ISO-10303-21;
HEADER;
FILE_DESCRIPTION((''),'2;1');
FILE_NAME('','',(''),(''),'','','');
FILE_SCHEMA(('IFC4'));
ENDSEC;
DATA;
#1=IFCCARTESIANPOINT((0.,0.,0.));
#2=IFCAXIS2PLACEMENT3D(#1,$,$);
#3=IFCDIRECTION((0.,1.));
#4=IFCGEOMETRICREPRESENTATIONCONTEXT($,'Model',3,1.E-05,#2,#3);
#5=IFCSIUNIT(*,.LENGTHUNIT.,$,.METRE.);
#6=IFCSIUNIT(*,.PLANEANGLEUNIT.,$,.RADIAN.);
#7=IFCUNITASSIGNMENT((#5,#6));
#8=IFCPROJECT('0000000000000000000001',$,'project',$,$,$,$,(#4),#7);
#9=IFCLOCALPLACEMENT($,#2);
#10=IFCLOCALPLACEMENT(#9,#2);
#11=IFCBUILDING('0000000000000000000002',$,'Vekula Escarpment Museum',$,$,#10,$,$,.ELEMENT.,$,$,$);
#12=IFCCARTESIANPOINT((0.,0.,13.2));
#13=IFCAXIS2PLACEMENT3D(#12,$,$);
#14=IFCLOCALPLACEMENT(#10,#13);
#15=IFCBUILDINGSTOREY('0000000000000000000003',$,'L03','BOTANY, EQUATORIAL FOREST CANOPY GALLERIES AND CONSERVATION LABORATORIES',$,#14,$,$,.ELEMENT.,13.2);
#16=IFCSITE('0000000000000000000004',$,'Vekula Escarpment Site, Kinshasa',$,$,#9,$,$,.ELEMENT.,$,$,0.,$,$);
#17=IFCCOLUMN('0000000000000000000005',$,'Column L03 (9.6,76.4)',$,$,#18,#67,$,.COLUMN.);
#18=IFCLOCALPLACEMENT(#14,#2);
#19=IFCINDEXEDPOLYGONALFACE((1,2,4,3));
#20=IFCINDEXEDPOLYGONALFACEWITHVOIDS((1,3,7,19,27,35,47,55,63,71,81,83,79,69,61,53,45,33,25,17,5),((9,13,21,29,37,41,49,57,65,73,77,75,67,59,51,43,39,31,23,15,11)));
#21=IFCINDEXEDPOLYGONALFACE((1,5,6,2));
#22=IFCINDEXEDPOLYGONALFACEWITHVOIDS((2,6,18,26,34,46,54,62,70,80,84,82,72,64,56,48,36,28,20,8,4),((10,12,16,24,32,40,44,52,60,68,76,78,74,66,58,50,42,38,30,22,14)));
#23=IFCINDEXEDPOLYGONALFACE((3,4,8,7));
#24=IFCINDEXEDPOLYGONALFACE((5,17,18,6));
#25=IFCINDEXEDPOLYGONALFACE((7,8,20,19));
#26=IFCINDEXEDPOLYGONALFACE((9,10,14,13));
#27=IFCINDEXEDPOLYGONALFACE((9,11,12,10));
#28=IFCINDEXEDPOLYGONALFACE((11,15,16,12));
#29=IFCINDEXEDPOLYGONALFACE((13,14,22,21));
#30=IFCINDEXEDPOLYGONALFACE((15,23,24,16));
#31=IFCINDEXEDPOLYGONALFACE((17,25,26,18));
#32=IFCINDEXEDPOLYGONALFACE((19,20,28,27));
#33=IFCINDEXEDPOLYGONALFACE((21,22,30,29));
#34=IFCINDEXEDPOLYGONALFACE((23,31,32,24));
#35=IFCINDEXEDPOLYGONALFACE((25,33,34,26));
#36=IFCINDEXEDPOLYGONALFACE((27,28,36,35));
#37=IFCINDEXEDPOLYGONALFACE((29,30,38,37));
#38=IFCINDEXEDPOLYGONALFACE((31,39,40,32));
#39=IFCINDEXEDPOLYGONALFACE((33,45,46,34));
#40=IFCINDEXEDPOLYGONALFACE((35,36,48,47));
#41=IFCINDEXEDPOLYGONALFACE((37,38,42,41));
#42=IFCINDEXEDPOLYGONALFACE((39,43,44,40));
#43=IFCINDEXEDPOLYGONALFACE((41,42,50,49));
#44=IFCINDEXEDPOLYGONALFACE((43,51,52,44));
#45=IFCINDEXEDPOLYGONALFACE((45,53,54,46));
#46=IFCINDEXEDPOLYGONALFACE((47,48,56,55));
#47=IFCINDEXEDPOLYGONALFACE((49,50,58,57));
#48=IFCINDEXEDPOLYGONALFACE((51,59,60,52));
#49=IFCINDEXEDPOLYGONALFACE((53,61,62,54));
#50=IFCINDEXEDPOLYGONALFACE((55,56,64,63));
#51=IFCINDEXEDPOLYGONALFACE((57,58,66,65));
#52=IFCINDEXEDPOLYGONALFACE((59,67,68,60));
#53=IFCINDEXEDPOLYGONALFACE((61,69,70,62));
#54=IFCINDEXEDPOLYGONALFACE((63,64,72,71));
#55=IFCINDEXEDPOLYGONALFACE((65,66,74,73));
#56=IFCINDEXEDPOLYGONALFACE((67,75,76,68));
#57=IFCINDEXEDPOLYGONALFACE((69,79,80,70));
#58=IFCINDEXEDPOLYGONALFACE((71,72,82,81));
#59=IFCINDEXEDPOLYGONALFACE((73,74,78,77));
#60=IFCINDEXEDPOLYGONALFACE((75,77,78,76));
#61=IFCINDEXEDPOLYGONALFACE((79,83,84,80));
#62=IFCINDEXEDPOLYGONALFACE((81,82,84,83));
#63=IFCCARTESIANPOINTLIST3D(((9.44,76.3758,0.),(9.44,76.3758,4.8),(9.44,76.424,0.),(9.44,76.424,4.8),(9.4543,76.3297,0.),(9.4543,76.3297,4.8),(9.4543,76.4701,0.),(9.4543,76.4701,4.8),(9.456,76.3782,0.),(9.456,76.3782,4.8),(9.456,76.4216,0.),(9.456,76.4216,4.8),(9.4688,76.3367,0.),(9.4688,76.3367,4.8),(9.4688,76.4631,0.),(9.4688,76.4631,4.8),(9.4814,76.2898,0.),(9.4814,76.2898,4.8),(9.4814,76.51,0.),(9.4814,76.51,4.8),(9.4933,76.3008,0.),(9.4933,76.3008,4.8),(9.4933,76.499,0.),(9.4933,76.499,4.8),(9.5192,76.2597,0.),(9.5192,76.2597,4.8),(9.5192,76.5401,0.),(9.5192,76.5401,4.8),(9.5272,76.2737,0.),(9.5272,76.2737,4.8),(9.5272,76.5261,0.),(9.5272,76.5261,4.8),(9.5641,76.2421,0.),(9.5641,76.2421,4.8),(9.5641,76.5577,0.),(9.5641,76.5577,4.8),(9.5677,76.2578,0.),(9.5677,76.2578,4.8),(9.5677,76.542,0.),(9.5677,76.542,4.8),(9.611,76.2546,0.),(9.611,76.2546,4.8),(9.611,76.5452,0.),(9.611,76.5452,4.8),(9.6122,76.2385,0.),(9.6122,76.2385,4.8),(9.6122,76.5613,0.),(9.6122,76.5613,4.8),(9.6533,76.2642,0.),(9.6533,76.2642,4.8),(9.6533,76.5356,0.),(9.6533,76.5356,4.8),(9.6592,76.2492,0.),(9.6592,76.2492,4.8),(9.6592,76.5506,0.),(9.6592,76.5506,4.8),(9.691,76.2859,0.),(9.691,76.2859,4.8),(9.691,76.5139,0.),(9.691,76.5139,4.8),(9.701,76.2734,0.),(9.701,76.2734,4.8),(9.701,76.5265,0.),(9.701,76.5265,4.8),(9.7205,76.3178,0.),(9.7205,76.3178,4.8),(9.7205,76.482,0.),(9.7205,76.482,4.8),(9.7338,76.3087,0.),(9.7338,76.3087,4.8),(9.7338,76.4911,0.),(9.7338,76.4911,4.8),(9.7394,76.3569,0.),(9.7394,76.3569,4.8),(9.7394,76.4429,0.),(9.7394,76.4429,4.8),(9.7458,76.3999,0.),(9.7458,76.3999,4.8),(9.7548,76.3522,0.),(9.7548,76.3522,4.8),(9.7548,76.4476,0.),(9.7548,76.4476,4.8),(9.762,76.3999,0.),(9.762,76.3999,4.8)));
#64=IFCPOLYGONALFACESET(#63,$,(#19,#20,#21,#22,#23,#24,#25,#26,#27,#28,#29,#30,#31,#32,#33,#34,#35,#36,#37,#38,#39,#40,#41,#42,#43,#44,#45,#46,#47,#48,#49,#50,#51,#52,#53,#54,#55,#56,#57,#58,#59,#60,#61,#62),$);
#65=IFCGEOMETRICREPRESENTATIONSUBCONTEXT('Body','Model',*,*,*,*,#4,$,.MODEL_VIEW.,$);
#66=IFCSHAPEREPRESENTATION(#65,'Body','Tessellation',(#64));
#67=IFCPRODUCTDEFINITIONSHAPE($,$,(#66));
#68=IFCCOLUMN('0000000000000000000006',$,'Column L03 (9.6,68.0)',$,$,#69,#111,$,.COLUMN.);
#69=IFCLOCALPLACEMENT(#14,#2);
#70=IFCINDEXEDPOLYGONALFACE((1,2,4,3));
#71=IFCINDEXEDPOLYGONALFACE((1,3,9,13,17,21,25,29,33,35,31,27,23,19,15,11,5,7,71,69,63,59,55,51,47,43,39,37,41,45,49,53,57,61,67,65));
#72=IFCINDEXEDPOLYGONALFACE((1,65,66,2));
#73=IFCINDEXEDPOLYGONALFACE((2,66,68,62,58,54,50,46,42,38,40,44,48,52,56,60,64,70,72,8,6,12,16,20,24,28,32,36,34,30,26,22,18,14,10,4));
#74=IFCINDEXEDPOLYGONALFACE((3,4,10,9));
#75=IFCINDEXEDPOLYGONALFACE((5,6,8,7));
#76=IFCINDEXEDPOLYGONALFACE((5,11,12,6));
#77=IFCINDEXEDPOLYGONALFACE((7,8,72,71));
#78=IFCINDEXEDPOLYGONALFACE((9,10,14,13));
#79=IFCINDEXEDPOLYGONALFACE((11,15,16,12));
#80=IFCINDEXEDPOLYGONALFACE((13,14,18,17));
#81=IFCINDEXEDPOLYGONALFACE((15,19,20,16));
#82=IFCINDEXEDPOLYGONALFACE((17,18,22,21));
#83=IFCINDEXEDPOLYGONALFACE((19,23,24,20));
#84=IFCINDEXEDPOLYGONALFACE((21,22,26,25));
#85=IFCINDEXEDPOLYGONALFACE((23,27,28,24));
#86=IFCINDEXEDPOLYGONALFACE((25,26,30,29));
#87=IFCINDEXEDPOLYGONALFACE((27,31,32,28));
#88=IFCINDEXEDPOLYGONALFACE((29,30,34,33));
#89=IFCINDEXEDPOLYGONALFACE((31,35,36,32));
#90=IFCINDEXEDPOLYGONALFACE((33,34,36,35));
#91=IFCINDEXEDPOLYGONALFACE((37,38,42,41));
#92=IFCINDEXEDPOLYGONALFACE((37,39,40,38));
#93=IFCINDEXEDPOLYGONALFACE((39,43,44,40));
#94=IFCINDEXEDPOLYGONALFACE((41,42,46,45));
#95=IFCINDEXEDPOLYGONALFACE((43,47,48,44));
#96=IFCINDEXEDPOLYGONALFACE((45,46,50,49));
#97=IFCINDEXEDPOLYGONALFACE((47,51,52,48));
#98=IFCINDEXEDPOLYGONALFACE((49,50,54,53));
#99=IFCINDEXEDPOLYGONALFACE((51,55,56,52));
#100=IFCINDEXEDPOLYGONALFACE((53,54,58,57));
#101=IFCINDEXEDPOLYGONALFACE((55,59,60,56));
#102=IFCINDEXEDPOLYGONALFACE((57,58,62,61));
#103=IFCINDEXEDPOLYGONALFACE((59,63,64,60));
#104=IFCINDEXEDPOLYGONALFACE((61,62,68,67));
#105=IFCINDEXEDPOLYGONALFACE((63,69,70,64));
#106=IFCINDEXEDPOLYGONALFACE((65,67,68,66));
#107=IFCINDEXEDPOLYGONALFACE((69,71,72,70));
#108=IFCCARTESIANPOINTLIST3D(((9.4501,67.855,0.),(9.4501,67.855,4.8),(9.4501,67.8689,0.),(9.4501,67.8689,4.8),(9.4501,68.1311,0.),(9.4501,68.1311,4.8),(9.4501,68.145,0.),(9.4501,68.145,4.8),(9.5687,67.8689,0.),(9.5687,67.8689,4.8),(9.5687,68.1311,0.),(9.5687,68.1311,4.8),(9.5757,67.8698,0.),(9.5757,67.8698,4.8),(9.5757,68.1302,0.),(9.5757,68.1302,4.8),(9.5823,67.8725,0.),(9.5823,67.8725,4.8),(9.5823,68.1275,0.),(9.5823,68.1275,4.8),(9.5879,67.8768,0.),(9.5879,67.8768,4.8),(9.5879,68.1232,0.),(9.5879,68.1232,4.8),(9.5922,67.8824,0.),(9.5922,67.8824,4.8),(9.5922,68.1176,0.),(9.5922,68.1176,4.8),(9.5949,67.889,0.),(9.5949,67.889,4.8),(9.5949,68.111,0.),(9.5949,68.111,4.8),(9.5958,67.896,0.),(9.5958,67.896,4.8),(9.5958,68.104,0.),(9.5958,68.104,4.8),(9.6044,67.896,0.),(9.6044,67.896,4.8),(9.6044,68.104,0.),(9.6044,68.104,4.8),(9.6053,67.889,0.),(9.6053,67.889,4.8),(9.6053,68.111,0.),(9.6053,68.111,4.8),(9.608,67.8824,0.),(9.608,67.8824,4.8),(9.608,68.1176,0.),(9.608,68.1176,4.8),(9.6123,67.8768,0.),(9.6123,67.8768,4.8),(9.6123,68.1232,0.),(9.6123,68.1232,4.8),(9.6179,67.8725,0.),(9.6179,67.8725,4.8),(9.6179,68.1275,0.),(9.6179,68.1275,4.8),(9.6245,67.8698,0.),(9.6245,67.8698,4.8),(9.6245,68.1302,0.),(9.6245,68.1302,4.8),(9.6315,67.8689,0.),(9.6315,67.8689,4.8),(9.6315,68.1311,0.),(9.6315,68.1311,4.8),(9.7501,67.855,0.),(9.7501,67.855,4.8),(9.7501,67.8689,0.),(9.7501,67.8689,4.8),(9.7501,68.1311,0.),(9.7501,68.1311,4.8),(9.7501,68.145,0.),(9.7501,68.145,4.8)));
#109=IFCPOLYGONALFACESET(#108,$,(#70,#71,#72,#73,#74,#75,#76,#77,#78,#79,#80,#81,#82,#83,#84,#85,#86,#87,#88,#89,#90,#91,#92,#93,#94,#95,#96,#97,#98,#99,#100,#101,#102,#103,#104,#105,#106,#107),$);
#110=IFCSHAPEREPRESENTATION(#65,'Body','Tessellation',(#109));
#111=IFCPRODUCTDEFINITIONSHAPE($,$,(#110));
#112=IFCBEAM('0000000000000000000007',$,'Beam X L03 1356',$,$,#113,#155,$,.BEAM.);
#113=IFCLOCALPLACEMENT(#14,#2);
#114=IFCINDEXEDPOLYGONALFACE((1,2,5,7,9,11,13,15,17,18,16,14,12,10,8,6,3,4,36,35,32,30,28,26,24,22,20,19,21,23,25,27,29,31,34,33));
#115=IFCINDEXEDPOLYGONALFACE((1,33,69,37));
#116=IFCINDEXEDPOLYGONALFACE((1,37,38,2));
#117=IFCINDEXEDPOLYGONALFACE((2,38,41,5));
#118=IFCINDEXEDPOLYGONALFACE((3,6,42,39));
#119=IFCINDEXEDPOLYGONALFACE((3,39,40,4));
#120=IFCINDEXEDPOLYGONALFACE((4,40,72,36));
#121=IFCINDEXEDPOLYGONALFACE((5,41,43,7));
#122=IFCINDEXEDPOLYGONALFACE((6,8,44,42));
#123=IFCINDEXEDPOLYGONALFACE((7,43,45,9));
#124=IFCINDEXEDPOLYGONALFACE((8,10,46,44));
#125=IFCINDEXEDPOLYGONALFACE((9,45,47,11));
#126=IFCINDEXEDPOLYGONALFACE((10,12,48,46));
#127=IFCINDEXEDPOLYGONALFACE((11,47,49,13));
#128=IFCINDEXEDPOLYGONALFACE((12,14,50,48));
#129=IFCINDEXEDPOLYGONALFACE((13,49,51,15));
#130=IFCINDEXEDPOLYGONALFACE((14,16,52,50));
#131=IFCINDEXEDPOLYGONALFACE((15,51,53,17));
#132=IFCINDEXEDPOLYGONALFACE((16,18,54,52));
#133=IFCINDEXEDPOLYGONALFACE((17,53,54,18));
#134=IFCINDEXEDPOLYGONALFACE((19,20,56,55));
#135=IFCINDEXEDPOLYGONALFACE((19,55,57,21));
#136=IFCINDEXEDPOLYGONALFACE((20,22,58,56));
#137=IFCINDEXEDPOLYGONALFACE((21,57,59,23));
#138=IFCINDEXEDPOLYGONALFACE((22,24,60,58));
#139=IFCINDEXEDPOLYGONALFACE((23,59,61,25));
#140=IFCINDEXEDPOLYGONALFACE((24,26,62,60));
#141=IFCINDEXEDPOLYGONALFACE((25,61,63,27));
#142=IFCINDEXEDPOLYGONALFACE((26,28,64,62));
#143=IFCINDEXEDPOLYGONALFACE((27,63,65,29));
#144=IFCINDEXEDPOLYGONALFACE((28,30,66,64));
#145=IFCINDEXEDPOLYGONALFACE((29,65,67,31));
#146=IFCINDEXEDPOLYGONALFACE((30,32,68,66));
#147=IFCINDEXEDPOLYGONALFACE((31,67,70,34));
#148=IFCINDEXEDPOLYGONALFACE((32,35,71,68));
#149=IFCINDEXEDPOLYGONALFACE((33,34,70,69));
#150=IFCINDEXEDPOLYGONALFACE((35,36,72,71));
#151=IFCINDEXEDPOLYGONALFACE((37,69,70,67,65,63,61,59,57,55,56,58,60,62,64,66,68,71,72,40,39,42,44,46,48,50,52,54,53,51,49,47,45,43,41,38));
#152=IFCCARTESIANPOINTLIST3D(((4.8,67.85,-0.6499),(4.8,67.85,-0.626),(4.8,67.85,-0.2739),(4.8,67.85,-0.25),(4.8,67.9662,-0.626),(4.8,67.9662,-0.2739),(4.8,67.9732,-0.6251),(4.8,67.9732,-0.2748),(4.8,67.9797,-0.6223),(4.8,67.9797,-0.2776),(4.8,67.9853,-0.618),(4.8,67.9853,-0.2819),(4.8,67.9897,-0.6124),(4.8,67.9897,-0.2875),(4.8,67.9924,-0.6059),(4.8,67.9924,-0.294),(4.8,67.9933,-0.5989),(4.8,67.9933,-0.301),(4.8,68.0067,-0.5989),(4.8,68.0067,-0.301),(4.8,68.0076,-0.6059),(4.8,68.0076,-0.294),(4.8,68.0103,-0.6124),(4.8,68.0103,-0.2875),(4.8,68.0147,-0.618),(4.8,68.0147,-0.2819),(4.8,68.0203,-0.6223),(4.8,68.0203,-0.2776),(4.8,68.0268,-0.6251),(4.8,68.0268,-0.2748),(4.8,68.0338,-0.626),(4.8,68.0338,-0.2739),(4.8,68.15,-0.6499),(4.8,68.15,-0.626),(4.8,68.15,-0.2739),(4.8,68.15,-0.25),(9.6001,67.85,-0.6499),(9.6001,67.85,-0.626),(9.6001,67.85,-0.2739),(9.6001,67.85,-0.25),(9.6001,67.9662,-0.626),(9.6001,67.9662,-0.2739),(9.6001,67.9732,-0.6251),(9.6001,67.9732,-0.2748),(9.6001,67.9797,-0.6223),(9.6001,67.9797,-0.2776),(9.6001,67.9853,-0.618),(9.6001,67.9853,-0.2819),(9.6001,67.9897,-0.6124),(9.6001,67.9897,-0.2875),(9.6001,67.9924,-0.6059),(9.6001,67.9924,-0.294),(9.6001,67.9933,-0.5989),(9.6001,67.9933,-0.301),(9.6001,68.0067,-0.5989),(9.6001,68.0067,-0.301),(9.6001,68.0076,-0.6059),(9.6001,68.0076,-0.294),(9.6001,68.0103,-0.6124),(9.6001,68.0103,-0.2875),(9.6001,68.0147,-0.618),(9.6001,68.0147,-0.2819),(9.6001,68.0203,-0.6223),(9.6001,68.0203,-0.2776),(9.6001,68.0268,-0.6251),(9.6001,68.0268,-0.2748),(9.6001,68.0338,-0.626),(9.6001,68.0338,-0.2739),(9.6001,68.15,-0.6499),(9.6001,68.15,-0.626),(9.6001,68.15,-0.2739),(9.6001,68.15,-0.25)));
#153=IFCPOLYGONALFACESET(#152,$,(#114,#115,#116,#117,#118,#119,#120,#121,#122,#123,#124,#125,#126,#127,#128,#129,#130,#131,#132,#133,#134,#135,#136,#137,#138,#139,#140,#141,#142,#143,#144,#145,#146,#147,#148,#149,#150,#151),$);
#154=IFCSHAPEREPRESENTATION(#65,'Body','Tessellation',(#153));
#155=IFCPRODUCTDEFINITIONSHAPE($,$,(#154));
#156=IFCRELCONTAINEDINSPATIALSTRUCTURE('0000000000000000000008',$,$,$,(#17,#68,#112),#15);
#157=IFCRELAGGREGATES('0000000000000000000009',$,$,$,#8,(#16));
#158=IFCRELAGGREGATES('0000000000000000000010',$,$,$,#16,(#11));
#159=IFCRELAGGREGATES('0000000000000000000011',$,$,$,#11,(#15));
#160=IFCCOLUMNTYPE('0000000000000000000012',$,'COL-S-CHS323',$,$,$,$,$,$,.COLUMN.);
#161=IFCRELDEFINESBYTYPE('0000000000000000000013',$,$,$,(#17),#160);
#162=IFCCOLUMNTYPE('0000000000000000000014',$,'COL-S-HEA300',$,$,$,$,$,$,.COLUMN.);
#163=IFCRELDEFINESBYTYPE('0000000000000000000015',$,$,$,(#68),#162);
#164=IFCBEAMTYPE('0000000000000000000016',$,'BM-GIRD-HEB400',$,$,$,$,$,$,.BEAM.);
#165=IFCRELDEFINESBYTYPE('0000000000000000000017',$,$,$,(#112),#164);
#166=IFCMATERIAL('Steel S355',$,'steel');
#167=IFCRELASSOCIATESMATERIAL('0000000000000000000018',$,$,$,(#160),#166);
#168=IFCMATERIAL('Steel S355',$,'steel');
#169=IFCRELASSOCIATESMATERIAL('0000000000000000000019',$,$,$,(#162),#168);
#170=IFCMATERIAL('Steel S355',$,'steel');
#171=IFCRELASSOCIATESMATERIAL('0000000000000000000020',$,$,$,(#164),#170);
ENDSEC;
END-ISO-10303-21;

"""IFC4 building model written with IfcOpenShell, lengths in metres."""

from ifc_helpers import new_model, si_unit, direction, frame, origin, origin_2d, place, context, subcontext, project, spatial, hollow_circle, i_section, extrude, material, material_profile, profile_set, type_object, element, save


model = new_model("IFC4")

# Units and contexts
model_context = context("Model", 3, precision=1e-05, world=origin(), true_north=direction((0.0, 1.0)))
body_context = subcontext(model_context, "Body", "Model", "MODEL_VIEW")
ifc_project = project(units=[si_unit("LENGTHUNIT", "METRE"), si_unit("PLANEANGLEUNIT", "RADIAN")], contexts=[model_context])

# Site, building, storey
site_placement = place(None, origin())
site = spatial("IfcSite", under=ifc_project, at=site_placement, Name="Vekula Escarpment Site, Kinshasa", CompositionType="ELEMENT", RefElevation=0.0)
building_placement = place(site_placement, origin())
building = spatial("IfcBuilding", under=site, at=building_placement, Name="Vekula Escarpment Museum", CompositionType="ELEMENT")
storey_placement = place(building_placement, frame((0.0, 0.0, 13.2)))
storey = spatial("IfcBuildingStorey", under=building, at=storey_placement, Name="L03", Description="BOTANY, EQUATORIAL FOREST CANOPY GALLERIES AND CONSERVATION LABORATORIES", CompositionType="ELEMENT", Elevation=13.2)

# Columns
ifc_material_1 = material(Name="Steel S355", Category="steel")
ifc_material_profile_1 = material_profile(ifc_material_1, hollow_circle(Radius=0.1619, WallThickness=0.0161, at=origin_2d()), Name="CHS 323.9x16")
ifc_profile_set_1 = profile_set([ifc_material_profile_1], Name="Steel S355")
column_type_1 = type_object("IfcColumnType", Name="COL-S-CHS323", PredefinedType="COLUMN", material=ifc_profile_set_1)
column_1_placement = place(storey_placement, frame((9.6001, 76.3999, 0.0), z_axis=(0.0, 0.0, 1.0), x_axis=(1.0, 0.0, 0.0)))
element("IfcColumn", 1, at=column_1_placement, inside=storey, type_object=column_type_1, Name="Column L03 (9.6,76.4)", PredefinedType="COLUMN", context=body_context, shape_type="SweptSolid", body=[
    extrude(hollow_circle(Radius=0.1619, WallThickness=0.0161, at=origin_2d()), origin(), (0.0, 0.0, 1.0), 4.8),
])
ifc_material_2 = material(Name="Steel S355", Category="steel")
ifc_material_profile_2 = material_profile(ifc_material_2, i_section(OverallWidth=0.3, OverallDepth=0.29, WebThickness=0.0085, FlangeThickness=0.0139, FilletRadius=0.0271, at=origin_2d()), Name="HEA 300")
ifc_profile_set_2 = profile_set([ifc_material_profile_2], Name="Steel S355")
column_type_2 = type_object("IfcColumnType", Name="COL-S-HEA300", PredefinedType="COLUMN", material=ifc_profile_set_2)
column_2_placement = place(storey_placement, frame((9.6001, 68.0, 0.0), z_axis=(0.0, 0.0, 1.0), x_axis=(1.0, 0.0, 0.0)))
element("IfcColumn", 2, at=column_2_placement, inside=storey, type_object=column_type_2, Name="Column L03 (9.6,68.0)", PredefinedType="COLUMN", context=body_context, shape_type="SweptSolid", body=[
    extrude(i_section(OverallWidth=0.3, OverallDepth=0.29, WebThickness=0.0085, FlangeThickness=0.0139, FilletRadius=0.0271, at=origin_2d()), origin(), (0.0, 0.0, 1.0), 4.8),
])

# Beam
ifc_material_3 = material(Name="Steel S355", Category="steel")
ifc_material_profile_3 = material_profile(ifc_material_3, i_section(OverallWidth=0.3, OverallDepth=0.3999, WebThickness=0.0134, FlangeThickness=0.0239, FilletRadius=0.0271, at=origin_2d()), Name="HEB 400")
ifc_profile_set_3 = profile_set([ifc_material_profile_3], Name="Steel S355")
beam_type_1 = type_object("IfcBeamType", Name="BM-GIRD-HEB400", PredefinedType="BEAM", material=ifc_profile_set_3)
beam_1_placement = place(storey_placement, frame((4.8, 68.0, -0.45), z_axis=(1.0, 0.0, 0.0), x_axis=(0.0, 1.0, 0.0)))
element("IfcBeam", 3, at=beam_1_placement, inside=storey, type_object=beam_type_1, Name="Beam X L03 1356", PredefinedType="BEAM", context=body_context, shape_type="SweptSolid", body=[
    extrude(i_section(OverallWidth=0.3, OverallDepth=0.3999, WebThickness=0.0134, FlangeThickness=0.0239, FilletRadius=0.0271, at=origin_2d()), origin(), (0.0, 0.0, 1.0), 4.8),
])

save(model, "model.ifc")
